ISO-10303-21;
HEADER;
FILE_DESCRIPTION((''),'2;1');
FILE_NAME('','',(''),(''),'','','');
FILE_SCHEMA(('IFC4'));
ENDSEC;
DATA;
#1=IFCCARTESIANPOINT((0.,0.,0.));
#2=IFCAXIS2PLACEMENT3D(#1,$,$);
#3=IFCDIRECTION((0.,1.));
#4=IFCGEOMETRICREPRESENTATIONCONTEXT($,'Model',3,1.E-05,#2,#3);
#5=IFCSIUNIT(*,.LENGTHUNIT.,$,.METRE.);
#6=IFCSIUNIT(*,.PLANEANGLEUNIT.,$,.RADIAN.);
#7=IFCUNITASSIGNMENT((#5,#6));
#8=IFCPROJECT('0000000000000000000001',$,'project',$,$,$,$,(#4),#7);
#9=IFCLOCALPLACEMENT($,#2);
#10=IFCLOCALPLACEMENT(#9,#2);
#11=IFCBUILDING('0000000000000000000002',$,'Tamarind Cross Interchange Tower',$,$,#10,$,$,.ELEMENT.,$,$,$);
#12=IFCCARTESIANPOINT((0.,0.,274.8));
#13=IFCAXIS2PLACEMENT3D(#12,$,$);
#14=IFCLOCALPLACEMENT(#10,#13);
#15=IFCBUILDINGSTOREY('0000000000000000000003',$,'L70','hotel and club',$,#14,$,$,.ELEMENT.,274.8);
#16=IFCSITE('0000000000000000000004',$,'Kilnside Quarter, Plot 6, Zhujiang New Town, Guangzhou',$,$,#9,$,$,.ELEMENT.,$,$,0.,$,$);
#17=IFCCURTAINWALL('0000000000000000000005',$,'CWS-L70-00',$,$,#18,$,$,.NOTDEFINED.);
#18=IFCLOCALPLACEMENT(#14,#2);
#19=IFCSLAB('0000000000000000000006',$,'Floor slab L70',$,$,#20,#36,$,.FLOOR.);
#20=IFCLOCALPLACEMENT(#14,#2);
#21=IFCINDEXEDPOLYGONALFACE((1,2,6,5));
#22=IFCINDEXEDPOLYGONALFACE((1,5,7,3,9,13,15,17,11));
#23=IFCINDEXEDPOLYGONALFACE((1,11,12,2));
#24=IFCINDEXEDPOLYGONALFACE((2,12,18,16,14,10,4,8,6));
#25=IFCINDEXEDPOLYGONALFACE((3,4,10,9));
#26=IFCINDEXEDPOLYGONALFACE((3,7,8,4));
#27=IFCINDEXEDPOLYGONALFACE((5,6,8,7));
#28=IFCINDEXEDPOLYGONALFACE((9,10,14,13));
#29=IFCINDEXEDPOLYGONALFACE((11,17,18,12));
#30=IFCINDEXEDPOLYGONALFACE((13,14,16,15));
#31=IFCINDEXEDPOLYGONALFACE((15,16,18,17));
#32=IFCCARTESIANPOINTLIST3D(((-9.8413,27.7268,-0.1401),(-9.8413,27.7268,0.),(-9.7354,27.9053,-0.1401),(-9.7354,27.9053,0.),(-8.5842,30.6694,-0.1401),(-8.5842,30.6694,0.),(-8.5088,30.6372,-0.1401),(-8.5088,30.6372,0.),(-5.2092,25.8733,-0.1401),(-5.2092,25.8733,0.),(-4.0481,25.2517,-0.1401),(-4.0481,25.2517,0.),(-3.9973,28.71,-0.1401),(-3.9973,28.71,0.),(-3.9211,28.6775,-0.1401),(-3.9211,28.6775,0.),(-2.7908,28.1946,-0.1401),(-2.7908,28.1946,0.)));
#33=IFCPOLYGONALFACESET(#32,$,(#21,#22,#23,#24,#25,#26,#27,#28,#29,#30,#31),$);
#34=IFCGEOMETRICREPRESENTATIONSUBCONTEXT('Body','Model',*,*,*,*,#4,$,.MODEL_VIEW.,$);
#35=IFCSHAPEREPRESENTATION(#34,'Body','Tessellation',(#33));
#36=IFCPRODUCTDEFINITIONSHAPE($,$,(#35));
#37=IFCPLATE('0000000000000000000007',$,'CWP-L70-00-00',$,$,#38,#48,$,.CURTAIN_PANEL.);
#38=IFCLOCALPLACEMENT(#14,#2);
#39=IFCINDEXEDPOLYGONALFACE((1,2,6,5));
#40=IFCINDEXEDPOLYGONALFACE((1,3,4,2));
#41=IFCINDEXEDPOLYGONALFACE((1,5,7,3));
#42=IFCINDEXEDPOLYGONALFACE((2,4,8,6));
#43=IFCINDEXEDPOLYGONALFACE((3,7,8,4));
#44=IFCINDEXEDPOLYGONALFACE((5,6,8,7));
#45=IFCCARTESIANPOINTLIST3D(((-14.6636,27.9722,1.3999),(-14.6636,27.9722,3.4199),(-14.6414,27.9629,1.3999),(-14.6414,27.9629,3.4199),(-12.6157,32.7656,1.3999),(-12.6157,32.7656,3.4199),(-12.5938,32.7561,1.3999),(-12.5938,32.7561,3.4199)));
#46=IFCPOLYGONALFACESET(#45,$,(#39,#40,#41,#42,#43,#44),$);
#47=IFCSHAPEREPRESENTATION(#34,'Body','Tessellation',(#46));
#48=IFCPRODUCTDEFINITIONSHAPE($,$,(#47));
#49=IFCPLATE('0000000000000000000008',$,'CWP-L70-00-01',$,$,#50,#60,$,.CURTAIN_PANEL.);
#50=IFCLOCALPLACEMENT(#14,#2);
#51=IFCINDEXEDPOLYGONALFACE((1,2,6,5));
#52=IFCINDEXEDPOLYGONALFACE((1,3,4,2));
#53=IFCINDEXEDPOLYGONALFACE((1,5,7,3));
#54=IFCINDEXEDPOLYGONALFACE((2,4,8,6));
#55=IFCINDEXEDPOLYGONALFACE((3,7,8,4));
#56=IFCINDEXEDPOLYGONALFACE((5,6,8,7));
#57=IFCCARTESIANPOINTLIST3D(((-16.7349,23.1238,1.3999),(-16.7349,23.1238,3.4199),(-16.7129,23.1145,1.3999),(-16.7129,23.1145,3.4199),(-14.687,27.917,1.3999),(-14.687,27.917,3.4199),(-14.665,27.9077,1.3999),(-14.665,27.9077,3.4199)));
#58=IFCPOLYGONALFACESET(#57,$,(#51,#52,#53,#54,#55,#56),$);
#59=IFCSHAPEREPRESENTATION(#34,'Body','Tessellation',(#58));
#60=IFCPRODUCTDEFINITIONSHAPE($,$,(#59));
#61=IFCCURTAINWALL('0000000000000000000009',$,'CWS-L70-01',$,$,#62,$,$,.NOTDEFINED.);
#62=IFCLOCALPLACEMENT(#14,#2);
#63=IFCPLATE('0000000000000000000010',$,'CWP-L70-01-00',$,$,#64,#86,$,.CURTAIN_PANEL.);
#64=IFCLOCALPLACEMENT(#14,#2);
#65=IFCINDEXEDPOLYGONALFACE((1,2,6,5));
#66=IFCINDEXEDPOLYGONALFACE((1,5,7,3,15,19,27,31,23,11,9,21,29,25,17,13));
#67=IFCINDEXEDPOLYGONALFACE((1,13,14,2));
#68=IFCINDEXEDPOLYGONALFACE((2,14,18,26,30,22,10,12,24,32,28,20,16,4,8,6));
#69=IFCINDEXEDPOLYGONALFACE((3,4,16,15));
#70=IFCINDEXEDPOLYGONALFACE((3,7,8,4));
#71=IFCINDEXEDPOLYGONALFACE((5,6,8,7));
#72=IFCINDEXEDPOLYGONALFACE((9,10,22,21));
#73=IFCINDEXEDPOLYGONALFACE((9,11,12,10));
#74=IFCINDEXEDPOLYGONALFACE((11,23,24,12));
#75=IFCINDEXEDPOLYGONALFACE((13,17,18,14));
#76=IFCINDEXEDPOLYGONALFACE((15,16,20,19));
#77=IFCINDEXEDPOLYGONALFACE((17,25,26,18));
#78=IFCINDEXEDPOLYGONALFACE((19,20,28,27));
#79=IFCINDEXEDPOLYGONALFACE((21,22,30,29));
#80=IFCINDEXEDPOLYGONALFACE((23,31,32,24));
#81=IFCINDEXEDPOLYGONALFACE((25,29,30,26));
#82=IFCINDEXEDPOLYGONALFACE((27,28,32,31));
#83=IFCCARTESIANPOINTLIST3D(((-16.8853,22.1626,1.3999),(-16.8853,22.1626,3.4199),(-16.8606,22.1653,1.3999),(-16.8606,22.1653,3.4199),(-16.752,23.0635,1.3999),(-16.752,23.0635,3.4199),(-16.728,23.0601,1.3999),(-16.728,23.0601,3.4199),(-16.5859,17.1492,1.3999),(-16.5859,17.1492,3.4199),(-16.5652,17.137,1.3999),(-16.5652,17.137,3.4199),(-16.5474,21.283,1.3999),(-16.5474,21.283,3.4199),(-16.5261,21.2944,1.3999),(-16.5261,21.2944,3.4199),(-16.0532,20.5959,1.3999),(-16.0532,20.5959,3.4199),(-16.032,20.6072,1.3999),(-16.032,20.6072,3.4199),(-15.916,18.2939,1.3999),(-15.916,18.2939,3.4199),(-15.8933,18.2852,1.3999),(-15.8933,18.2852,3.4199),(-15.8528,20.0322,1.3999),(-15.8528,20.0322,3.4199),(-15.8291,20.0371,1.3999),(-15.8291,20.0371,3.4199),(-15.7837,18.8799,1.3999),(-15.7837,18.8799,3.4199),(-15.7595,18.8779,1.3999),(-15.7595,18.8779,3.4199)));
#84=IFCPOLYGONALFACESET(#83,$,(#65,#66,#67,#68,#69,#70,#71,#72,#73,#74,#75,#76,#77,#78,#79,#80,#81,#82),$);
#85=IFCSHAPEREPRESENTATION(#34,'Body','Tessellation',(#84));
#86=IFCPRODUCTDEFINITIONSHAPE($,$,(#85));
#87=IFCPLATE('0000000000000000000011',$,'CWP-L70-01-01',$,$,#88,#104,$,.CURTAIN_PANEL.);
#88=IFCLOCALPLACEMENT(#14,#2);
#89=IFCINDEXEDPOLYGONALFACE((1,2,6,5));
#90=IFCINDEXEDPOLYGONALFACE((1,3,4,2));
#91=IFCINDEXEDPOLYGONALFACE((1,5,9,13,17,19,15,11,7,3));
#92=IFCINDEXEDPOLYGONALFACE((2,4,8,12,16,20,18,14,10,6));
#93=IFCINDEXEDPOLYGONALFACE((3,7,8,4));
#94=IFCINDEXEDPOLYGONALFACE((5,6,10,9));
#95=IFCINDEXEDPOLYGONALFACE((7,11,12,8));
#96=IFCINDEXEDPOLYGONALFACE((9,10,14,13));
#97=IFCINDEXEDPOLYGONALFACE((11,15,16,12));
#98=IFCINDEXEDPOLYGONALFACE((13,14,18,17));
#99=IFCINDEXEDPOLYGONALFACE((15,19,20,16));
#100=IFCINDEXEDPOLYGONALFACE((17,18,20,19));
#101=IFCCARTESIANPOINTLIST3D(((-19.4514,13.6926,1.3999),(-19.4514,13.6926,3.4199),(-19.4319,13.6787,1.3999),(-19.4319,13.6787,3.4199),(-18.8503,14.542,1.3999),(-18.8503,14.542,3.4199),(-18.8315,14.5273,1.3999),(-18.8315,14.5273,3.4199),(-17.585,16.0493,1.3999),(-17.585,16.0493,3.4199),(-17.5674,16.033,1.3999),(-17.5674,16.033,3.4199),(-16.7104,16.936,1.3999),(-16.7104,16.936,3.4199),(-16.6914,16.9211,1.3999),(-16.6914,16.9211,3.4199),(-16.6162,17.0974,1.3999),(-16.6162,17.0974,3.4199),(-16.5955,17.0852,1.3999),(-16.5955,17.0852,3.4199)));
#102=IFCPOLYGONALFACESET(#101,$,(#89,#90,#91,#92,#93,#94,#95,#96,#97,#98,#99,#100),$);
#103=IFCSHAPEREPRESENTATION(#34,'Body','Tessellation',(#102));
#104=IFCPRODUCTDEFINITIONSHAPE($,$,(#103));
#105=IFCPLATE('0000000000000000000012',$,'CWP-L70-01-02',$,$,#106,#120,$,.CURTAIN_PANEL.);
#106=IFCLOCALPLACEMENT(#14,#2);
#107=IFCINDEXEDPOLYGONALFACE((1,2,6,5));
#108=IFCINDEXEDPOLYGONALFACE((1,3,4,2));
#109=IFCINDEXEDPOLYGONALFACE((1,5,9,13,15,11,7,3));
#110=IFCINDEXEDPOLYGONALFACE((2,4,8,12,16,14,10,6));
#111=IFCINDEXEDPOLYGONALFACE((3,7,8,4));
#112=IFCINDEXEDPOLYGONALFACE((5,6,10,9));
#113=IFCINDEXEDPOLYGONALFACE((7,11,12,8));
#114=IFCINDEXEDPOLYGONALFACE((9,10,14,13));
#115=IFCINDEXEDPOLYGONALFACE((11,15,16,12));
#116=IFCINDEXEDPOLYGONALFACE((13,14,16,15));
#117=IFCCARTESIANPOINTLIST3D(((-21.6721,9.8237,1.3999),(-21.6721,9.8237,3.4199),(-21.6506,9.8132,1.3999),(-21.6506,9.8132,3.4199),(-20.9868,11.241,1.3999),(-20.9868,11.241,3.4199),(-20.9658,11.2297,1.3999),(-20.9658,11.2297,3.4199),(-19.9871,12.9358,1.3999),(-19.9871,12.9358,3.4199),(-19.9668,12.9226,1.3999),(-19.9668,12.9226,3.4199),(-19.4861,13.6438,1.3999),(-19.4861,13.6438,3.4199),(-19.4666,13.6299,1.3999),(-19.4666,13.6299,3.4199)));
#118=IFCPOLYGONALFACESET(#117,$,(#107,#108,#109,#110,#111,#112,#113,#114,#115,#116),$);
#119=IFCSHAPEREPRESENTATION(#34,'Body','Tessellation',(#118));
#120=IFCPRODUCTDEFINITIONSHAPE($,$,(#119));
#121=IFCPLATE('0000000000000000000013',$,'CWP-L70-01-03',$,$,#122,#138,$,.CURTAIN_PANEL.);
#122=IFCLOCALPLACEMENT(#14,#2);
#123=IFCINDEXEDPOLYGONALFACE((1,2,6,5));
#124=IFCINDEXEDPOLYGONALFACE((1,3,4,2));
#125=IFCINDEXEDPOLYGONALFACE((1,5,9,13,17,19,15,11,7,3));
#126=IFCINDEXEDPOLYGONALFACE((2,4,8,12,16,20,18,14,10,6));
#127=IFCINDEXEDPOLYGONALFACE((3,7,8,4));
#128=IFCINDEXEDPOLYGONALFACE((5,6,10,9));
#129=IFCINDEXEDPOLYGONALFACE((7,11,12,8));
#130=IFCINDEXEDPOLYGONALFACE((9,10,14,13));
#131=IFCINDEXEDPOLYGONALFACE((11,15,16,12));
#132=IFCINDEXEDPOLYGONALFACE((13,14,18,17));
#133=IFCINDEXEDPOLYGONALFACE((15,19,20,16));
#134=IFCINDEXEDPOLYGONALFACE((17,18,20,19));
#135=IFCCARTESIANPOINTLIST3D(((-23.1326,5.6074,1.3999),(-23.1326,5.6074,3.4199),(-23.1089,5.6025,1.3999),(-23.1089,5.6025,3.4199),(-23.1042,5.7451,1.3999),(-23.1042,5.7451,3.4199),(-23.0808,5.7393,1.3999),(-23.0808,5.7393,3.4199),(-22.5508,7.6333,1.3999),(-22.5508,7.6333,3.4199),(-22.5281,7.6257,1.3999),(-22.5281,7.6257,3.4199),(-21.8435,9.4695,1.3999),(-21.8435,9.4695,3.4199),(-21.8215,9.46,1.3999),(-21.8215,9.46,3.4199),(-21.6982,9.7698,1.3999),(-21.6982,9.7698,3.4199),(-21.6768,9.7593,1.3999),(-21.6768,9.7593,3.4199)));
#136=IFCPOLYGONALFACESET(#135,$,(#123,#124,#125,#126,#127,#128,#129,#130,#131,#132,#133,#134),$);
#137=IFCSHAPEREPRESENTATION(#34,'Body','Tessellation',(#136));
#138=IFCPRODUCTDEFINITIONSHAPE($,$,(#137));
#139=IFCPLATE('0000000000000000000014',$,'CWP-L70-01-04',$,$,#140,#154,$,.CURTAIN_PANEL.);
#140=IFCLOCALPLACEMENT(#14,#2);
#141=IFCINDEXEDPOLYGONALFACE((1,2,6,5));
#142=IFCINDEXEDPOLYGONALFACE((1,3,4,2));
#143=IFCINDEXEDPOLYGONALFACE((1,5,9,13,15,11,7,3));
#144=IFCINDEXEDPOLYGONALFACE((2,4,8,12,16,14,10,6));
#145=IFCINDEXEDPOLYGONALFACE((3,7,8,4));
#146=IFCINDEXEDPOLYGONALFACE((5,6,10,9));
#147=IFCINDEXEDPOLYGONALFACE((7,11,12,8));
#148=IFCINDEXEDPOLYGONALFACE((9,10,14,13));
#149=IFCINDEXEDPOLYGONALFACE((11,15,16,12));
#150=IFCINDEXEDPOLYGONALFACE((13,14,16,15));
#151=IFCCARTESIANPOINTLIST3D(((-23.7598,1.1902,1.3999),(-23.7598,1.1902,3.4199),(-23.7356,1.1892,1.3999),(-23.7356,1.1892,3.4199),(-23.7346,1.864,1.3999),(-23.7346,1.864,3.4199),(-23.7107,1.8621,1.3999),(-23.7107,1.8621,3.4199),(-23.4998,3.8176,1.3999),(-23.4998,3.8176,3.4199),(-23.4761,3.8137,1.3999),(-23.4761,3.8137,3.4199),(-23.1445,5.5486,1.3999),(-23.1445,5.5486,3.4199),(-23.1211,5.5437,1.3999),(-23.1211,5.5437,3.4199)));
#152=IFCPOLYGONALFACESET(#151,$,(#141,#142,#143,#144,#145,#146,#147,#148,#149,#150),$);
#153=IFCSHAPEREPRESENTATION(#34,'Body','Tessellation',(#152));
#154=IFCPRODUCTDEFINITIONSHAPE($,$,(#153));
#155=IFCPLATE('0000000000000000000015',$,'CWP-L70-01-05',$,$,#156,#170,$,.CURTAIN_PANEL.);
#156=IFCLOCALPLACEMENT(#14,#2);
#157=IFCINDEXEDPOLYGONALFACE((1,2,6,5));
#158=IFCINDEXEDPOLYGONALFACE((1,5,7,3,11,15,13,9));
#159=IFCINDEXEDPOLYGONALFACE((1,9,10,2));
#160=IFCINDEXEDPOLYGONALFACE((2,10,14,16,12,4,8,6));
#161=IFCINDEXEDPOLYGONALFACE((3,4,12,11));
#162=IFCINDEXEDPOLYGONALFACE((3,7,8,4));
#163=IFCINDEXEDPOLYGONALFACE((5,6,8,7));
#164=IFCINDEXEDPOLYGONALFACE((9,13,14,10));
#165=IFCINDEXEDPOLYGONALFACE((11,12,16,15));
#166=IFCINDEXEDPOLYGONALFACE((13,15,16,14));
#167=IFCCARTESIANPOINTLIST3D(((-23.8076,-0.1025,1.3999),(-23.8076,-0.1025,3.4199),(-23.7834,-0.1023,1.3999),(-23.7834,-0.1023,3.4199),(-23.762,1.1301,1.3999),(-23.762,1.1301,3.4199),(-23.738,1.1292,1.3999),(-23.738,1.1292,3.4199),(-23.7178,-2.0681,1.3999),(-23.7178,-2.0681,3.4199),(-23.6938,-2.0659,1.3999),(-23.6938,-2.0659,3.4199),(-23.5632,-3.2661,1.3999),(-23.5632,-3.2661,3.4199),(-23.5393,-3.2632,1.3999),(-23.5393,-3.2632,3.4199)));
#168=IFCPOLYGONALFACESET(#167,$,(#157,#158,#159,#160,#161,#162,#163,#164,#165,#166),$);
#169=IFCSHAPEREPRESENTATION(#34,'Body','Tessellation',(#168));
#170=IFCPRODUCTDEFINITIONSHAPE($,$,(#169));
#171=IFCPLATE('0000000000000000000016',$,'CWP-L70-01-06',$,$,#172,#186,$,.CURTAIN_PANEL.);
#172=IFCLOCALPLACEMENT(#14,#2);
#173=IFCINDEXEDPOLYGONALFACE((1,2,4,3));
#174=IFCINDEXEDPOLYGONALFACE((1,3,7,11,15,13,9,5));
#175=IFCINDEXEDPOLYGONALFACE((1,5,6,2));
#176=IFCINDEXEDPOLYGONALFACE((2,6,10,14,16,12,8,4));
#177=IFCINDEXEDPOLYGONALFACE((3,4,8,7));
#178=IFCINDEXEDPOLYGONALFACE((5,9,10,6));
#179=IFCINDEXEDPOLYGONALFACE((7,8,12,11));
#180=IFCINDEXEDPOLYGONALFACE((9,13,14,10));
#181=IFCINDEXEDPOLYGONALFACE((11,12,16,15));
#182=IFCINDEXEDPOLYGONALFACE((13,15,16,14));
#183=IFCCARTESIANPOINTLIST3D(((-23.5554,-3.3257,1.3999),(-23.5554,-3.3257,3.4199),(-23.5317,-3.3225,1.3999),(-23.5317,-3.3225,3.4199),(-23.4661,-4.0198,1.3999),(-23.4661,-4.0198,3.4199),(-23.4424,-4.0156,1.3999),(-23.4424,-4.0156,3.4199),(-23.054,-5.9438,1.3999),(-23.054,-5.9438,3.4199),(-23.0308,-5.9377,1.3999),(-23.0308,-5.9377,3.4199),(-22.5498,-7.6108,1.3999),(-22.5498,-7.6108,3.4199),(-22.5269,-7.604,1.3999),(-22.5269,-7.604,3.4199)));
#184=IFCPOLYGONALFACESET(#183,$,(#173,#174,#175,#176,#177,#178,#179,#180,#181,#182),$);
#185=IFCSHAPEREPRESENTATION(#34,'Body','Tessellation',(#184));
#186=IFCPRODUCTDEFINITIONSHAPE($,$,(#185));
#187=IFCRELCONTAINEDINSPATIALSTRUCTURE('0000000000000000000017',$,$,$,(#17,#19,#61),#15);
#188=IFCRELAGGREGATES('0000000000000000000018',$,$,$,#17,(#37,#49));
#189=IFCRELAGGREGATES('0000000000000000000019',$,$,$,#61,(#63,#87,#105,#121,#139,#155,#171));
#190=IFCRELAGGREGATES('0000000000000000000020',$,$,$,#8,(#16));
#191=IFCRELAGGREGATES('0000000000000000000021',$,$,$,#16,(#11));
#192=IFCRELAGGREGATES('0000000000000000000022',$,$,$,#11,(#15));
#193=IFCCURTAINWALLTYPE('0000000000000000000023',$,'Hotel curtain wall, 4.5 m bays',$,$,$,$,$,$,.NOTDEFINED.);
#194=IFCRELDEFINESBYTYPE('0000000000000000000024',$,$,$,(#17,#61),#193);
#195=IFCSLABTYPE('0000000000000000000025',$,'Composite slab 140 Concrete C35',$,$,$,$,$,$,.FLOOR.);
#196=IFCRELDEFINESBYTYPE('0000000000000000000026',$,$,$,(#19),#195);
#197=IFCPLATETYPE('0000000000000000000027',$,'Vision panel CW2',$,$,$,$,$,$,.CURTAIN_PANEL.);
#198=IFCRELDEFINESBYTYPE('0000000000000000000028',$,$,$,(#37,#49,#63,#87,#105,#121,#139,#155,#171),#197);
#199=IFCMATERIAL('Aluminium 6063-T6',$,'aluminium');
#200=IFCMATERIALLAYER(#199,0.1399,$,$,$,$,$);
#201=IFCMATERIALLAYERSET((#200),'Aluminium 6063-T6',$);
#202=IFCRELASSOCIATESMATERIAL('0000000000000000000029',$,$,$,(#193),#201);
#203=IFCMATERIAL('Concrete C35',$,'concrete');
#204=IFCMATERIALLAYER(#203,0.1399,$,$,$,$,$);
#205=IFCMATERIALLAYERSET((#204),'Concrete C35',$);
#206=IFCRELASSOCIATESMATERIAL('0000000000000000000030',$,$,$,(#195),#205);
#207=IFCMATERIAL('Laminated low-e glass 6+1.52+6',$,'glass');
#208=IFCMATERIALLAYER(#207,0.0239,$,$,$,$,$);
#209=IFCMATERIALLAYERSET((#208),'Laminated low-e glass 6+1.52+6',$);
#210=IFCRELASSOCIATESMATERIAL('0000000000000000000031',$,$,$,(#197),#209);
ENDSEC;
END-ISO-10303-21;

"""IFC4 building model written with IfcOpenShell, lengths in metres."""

from ifc_helpers import new_model, si_unit, direction, frame, origin, place, context, subcontext, project, spatial, polyline, outline, extrude, material, layer, layer_set, type_object, element, aggregate, save


model = new_model("IFC4")

# Units and contexts
model_context = context("Model", 3, precision=1e-05, world=origin(), true_north=direction((0.0, 1.0)))
body_context = subcontext(model_context, "Body", "Model", "MODEL_VIEW")
ifc_project = project(units=[si_unit("LENGTHUNIT", "METRE"), si_unit("PLANEANGLEUNIT", "RADIAN")], contexts=[model_context])

# Site, building, storey
site_placement = place(None, origin())
site = spatial("IfcSite", under=ifc_project, at=site_placement, Name="Kilnside Quarter, Plot 6, Zhujiang New Town, Guangzhou", CompositionType="ELEMENT", RefElevation=0.0)
building_placement = place(site_placement, origin())
building = spatial("IfcBuilding", under=site, at=building_placement, Name="Tamarind Cross Interchange Tower", CompositionType="ELEMENT")
storey_placement = place(building_placement, frame((0.0, 0.0, 274.8)))
storey = spatial("IfcBuildingStorey", under=building, at=storey_placement, Name="L70", Description="hotel and club", CompositionType="ELEMENT", Elevation=274.8)

# Curtain wall
ifc_material_1 = material(Name="Aluminium 6063-T6", Category="aluminium")
ifc_layer_1 = layer(ifc_material_1, 0.1399)
ifc_layer_set_1 = layer_set([ifc_layer_1], Name="Aluminium 6063-T6")
curtain_wall_type = type_object("IfcCurtainWallType", Name="Hotel curtain wall, 4.5 m bays", PredefinedType="NOTDEFINED", material=ifc_layer_set_1)
curtain_wall_1_placement = place(storey_placement, origin())
curtain_wall_1 = element("IfcCurtainWall", 1, at=curtain_wall_1_placement, inside=storey, type_object=curtain_wall_type, Name="CWS-L70-00", PredefinedType="NOTDEFINED")

# Slab
ifc_material_2 = material(Name="Concrete C35", Category="concrete")
ifc_layer_2 = layer(ifc_material_2, 0.1399)
ifc_layer_set_2 = layer_set([ifc_layer_2], Name="Concrete C35")
slab_type = type_object("IfcSlabType", Name="Composite slab 140 Concrete C35", PredefinedType="FLOOR", material=ifc_layer_set_2)
slab_1_placement = place(storey_placement, frame((0.0, 0.0, -0.1401)))
element("IfcSlab", 2, at=slab_1_placement, inside=storey, type_object=slab_type, Name="Floor slab L70", PredefinedType="FLOOR", context=body_context, shape_type="SweptSolid", body=[
    extrude(outline(polyline([(-8.5842, 30.6694), (-9.8413, 27.7268), (-4.0481, 25.2517), (-2.7908, 28.1946), (-3.9211, 28.6775), (-3.9973, 28.71), (-5.2092, 25.8733), (-9.7354, 27.9053), (-8.5088, 30.6372), (-8.5842, 30.6694)])), origin(), (0.0, 0.0, 1.0), 0.1401),
])

# Plates
ifc_material_3 = material(Name="Laminated low-e glass 6+1.52+6", Category="glass")
ifc_layer_3 = layer(ifc_material_3, 0.0239)
ifc_layer_set_3 = layer_set([ifc_layer_3], Name="Laminated low-e glass 6+1.52+6")
plate_type = type_object("IfcPlateType", Name="Vision panel CW2", PredefinedType="CURTAIN_PANEL", material=ifc_layer_set_3)
plate_1_placement = place(storey_placement, frame((0.0, 0.0, 1.3999)))
plate_1 = element("IfcPlate", 3, at=plate_1_placement, type_object=plate_type, Name="CWP-L70-00-00", PredefinedType="CURTAIN_PANEL", context=body_context, shape_type="SweptSolid", body=[
    extrude(outline(polyline([(-12.5938, 32.7561), (-14.6414, 27.9629), (-14.6636, 27.9722), (-12.6157, 32.7656), (-12.5938, 32.7561)])), origin(), (0.0, 0.0, 1.0), 2.02),
])
plate_2_placement = place(storey_placement, frame((0.0, 0.0, 1.3999)))
plate_2 = element("IfcPlate", 4, at=plate_2_placement, type_object=plate_type, Name="CWP-L70-00-01", PredefinedType="CURTAIN_PANEL", context=body_context, shape_type="SweptSolid", body=[
    extrude(outline(polyline([(-14.665, 27.9077), (-16.7129, 23.1145), (-16.7349, 23.1238), (-14.687, 27.917), (-14.665, 27.9077)])), origin(), (0.0, 0.0, 1.0), 2.02),
])
aggregate(curtain_wall_1, [plate_1, plate_2])

# Curtain wall, plates
curtain_wall_2_placement = place(storey_placement, origin())
curtain_wall_2 = element("IfcCurtainWall", 5, at=curtain_wall_2_placement, inside=storey, type_object=curtain_wall_type, Name="CWS-L70-01", PredefinedType="NOTDEFINED")
plate_3_placement = place(storey_placement, frame((0.0, 0.0, 1.3999)))
plate_3 = element("IfcPlate", 6, at=plate_3_placement, type_object=plate_type, Name="CWP-L70-01-00", PredefinedType="CURTAIN_PANEL", context=body_context, shape_type="SweptSolid", body=[
    extrude(outline(polyline([(-16.728, 23.0601), (-16.8606, 22.1653), (-16.5261, 21.2944), (-16.032, 20.6072), (-15.8291, 20.0371), (-15.7595, 18.8779), (-15.8933, 18.2852), (-16.5652, 17.137), (-16.5859, 17.1492), (-15.916, 18.2939), (-15.7837, 18.8799), (-15.8528, 20.0322), (-16.0532, 20.5959), (-16.5474, 21.283), (-16.8853, 22.1626), (-16.752, 23.0635), (-16.728, 23.0601)])), origin(), (0.0, 0.0, 1.0), 2.02),
])
plate_4_placement = place(storey_placement, frame((0.0, 0.0, 1.3999)))
plate_4 = element("IfcPlate", 7, at=plate_4_placement, type_object=plate_type, Name="CWP-L70-01-01", PredefinedType="CURTAIN_PANEL", context=body_context, shape_type="SweptSolid", body=[
    extrude(outline(polyline([(-16.5955, 17.0852), (-16.6914, 16.9211), (-17.5674, 16.033), (-18.8315, 14.5273), (-19.4319, 13.6787), (-19.4514, 13.6926), (-18.8503, 14.542), (-17.585, 16.0493), (-16.7104, 16.936), (-16.6162, 17.0974), (-16.5955, 17.0852)])), origin(), (0.0, 0.0, 1.0), 2.02),
])
plate_5_placement = place(storey_placement, frame((0.0, 0.0, 1.3999)))
plate_5 = element("IfcPlate", 8, at=plate_5_placement, type_object=plate_type, Name="CWP-L70-01-02", PredefinedType="CURTAIN_PANEL", context=body_context, shape_type="SweptSolid", body=[
    extrude(outline(polyline([(-19.4666, 13.6299), (-19.9668, 12.9226), (-20.9658, 11.2297), (-21.6506, 9.8132), (-21.6721, 9.8237), (-20.9868, 11.241), (-19.9871, 12.9358), (-19.4861, 13.6438), (-19.4666, 13.6299)])), origin(), (0.0, 0.0, 1.0), 2.02),
])
plate_6_placement = place(storey_placement, frame((0.0, 0.0, 1.3999)))
plate_6 = element("IfcPlate", 9, at=plate_6_placement, type_object=plate_type, Name="CWP-L70-01-03", PredefinedType="CURTAIN_PANEL", context=body_context, shape_type="SweptSolid", body=[
    extrude(outline(polyline([(-21.6768, 9.7593), (-21.8215, 9.46), (-22.5281, 7.6257), (-23.0808, 5.7393), (-23.1089, 5.6025), (-23.1326, 5.6074), (-23.1042, 5.7451), (-22.5508, 7.6333), (-21.8435, 9.4695), (-21.6982, 9.7698), (-21.6768, 9.7593)])), origin(), (0.0, 0.0, 1.0), 2.02),
])
plate_7_placement = place(storey_placement, frame((0.0, 0.0, 1.3999)))
plate_7 = element("IfcPlate", 10, at=plate_7_placement, type_object=plate_type, Name="CWP-L70-01-04", PredefinedType="CURTAIN_PANEL", context=body_context, shape_type="SweptSolid", body=[
    extrude(outline(polyline([(-23.1211, 5.5437), (-23.4761, 3.8137), (-23.7107, 1.8621), (-23.7356, 1.1892), (-23.7598, 1.1902), (-23.7346, 1.864), (-23.4998, 3.8176), (-23.1445, 5.5486), (-23.1211, 5.5437)])), origin(), (0.0, 0.0, 1.0), 2.02),
])
plate_8_placement = place(storey_placement, frame((0.0, 0.0, 1.3999)))
plate_8 = element("IfcPlate", 11, at=plate_8_placement, type_object=plate_type, Name="CWP-L70-01-05", PredefinedType="CURTAIN_PANEL", context=body_context, shape_type="SweptSolid", body=[
    extrude(outline(polyline([(-23.738, 1.1292), (-23.7834, -0.1023), (-23.6938, -2.0659), (-23.5393, -3.2632), (-23.5632, -3.2661), (-23.7178, -2.0681), (-23.8076, -0.1025), (-23.762, 1.1301), (-23.738, 1.1292)])), origin(), (0.0, 0.0, 1.0), 2.02),
])
plate_9_placement = place(storey_placement, frame((0.0, 0.0, 1.3999)))
plate_9 = element("IfcPlate", 12, at=plate_9_placement, type_object=plate_type, Name="CWP-L70-01-06", PredefinedType="CURTAIN_PANEL", context=body_context, shape_type="SweptSolid", body=[
    extrude(outline(polyline([(-23.5317, -3.3225), (-23.4424, -4.0156), (-23.0308, -5.9377), (-22.5269, -7.604), (-22.5498, -7.6108), (-23.054, -5.9438), (-23.4661, -4.0198), (-23.5554, -3.3257), (-23.5317, -3.3225)])), origin(), (0.0, 0.0, 1.0), 2.02),
])
aggregate(curtain_wall_2, [plate_3, plate_4, plate_5, plate_6, plate_7, plate_8, plate_9])

save(model, "model.ifc")
